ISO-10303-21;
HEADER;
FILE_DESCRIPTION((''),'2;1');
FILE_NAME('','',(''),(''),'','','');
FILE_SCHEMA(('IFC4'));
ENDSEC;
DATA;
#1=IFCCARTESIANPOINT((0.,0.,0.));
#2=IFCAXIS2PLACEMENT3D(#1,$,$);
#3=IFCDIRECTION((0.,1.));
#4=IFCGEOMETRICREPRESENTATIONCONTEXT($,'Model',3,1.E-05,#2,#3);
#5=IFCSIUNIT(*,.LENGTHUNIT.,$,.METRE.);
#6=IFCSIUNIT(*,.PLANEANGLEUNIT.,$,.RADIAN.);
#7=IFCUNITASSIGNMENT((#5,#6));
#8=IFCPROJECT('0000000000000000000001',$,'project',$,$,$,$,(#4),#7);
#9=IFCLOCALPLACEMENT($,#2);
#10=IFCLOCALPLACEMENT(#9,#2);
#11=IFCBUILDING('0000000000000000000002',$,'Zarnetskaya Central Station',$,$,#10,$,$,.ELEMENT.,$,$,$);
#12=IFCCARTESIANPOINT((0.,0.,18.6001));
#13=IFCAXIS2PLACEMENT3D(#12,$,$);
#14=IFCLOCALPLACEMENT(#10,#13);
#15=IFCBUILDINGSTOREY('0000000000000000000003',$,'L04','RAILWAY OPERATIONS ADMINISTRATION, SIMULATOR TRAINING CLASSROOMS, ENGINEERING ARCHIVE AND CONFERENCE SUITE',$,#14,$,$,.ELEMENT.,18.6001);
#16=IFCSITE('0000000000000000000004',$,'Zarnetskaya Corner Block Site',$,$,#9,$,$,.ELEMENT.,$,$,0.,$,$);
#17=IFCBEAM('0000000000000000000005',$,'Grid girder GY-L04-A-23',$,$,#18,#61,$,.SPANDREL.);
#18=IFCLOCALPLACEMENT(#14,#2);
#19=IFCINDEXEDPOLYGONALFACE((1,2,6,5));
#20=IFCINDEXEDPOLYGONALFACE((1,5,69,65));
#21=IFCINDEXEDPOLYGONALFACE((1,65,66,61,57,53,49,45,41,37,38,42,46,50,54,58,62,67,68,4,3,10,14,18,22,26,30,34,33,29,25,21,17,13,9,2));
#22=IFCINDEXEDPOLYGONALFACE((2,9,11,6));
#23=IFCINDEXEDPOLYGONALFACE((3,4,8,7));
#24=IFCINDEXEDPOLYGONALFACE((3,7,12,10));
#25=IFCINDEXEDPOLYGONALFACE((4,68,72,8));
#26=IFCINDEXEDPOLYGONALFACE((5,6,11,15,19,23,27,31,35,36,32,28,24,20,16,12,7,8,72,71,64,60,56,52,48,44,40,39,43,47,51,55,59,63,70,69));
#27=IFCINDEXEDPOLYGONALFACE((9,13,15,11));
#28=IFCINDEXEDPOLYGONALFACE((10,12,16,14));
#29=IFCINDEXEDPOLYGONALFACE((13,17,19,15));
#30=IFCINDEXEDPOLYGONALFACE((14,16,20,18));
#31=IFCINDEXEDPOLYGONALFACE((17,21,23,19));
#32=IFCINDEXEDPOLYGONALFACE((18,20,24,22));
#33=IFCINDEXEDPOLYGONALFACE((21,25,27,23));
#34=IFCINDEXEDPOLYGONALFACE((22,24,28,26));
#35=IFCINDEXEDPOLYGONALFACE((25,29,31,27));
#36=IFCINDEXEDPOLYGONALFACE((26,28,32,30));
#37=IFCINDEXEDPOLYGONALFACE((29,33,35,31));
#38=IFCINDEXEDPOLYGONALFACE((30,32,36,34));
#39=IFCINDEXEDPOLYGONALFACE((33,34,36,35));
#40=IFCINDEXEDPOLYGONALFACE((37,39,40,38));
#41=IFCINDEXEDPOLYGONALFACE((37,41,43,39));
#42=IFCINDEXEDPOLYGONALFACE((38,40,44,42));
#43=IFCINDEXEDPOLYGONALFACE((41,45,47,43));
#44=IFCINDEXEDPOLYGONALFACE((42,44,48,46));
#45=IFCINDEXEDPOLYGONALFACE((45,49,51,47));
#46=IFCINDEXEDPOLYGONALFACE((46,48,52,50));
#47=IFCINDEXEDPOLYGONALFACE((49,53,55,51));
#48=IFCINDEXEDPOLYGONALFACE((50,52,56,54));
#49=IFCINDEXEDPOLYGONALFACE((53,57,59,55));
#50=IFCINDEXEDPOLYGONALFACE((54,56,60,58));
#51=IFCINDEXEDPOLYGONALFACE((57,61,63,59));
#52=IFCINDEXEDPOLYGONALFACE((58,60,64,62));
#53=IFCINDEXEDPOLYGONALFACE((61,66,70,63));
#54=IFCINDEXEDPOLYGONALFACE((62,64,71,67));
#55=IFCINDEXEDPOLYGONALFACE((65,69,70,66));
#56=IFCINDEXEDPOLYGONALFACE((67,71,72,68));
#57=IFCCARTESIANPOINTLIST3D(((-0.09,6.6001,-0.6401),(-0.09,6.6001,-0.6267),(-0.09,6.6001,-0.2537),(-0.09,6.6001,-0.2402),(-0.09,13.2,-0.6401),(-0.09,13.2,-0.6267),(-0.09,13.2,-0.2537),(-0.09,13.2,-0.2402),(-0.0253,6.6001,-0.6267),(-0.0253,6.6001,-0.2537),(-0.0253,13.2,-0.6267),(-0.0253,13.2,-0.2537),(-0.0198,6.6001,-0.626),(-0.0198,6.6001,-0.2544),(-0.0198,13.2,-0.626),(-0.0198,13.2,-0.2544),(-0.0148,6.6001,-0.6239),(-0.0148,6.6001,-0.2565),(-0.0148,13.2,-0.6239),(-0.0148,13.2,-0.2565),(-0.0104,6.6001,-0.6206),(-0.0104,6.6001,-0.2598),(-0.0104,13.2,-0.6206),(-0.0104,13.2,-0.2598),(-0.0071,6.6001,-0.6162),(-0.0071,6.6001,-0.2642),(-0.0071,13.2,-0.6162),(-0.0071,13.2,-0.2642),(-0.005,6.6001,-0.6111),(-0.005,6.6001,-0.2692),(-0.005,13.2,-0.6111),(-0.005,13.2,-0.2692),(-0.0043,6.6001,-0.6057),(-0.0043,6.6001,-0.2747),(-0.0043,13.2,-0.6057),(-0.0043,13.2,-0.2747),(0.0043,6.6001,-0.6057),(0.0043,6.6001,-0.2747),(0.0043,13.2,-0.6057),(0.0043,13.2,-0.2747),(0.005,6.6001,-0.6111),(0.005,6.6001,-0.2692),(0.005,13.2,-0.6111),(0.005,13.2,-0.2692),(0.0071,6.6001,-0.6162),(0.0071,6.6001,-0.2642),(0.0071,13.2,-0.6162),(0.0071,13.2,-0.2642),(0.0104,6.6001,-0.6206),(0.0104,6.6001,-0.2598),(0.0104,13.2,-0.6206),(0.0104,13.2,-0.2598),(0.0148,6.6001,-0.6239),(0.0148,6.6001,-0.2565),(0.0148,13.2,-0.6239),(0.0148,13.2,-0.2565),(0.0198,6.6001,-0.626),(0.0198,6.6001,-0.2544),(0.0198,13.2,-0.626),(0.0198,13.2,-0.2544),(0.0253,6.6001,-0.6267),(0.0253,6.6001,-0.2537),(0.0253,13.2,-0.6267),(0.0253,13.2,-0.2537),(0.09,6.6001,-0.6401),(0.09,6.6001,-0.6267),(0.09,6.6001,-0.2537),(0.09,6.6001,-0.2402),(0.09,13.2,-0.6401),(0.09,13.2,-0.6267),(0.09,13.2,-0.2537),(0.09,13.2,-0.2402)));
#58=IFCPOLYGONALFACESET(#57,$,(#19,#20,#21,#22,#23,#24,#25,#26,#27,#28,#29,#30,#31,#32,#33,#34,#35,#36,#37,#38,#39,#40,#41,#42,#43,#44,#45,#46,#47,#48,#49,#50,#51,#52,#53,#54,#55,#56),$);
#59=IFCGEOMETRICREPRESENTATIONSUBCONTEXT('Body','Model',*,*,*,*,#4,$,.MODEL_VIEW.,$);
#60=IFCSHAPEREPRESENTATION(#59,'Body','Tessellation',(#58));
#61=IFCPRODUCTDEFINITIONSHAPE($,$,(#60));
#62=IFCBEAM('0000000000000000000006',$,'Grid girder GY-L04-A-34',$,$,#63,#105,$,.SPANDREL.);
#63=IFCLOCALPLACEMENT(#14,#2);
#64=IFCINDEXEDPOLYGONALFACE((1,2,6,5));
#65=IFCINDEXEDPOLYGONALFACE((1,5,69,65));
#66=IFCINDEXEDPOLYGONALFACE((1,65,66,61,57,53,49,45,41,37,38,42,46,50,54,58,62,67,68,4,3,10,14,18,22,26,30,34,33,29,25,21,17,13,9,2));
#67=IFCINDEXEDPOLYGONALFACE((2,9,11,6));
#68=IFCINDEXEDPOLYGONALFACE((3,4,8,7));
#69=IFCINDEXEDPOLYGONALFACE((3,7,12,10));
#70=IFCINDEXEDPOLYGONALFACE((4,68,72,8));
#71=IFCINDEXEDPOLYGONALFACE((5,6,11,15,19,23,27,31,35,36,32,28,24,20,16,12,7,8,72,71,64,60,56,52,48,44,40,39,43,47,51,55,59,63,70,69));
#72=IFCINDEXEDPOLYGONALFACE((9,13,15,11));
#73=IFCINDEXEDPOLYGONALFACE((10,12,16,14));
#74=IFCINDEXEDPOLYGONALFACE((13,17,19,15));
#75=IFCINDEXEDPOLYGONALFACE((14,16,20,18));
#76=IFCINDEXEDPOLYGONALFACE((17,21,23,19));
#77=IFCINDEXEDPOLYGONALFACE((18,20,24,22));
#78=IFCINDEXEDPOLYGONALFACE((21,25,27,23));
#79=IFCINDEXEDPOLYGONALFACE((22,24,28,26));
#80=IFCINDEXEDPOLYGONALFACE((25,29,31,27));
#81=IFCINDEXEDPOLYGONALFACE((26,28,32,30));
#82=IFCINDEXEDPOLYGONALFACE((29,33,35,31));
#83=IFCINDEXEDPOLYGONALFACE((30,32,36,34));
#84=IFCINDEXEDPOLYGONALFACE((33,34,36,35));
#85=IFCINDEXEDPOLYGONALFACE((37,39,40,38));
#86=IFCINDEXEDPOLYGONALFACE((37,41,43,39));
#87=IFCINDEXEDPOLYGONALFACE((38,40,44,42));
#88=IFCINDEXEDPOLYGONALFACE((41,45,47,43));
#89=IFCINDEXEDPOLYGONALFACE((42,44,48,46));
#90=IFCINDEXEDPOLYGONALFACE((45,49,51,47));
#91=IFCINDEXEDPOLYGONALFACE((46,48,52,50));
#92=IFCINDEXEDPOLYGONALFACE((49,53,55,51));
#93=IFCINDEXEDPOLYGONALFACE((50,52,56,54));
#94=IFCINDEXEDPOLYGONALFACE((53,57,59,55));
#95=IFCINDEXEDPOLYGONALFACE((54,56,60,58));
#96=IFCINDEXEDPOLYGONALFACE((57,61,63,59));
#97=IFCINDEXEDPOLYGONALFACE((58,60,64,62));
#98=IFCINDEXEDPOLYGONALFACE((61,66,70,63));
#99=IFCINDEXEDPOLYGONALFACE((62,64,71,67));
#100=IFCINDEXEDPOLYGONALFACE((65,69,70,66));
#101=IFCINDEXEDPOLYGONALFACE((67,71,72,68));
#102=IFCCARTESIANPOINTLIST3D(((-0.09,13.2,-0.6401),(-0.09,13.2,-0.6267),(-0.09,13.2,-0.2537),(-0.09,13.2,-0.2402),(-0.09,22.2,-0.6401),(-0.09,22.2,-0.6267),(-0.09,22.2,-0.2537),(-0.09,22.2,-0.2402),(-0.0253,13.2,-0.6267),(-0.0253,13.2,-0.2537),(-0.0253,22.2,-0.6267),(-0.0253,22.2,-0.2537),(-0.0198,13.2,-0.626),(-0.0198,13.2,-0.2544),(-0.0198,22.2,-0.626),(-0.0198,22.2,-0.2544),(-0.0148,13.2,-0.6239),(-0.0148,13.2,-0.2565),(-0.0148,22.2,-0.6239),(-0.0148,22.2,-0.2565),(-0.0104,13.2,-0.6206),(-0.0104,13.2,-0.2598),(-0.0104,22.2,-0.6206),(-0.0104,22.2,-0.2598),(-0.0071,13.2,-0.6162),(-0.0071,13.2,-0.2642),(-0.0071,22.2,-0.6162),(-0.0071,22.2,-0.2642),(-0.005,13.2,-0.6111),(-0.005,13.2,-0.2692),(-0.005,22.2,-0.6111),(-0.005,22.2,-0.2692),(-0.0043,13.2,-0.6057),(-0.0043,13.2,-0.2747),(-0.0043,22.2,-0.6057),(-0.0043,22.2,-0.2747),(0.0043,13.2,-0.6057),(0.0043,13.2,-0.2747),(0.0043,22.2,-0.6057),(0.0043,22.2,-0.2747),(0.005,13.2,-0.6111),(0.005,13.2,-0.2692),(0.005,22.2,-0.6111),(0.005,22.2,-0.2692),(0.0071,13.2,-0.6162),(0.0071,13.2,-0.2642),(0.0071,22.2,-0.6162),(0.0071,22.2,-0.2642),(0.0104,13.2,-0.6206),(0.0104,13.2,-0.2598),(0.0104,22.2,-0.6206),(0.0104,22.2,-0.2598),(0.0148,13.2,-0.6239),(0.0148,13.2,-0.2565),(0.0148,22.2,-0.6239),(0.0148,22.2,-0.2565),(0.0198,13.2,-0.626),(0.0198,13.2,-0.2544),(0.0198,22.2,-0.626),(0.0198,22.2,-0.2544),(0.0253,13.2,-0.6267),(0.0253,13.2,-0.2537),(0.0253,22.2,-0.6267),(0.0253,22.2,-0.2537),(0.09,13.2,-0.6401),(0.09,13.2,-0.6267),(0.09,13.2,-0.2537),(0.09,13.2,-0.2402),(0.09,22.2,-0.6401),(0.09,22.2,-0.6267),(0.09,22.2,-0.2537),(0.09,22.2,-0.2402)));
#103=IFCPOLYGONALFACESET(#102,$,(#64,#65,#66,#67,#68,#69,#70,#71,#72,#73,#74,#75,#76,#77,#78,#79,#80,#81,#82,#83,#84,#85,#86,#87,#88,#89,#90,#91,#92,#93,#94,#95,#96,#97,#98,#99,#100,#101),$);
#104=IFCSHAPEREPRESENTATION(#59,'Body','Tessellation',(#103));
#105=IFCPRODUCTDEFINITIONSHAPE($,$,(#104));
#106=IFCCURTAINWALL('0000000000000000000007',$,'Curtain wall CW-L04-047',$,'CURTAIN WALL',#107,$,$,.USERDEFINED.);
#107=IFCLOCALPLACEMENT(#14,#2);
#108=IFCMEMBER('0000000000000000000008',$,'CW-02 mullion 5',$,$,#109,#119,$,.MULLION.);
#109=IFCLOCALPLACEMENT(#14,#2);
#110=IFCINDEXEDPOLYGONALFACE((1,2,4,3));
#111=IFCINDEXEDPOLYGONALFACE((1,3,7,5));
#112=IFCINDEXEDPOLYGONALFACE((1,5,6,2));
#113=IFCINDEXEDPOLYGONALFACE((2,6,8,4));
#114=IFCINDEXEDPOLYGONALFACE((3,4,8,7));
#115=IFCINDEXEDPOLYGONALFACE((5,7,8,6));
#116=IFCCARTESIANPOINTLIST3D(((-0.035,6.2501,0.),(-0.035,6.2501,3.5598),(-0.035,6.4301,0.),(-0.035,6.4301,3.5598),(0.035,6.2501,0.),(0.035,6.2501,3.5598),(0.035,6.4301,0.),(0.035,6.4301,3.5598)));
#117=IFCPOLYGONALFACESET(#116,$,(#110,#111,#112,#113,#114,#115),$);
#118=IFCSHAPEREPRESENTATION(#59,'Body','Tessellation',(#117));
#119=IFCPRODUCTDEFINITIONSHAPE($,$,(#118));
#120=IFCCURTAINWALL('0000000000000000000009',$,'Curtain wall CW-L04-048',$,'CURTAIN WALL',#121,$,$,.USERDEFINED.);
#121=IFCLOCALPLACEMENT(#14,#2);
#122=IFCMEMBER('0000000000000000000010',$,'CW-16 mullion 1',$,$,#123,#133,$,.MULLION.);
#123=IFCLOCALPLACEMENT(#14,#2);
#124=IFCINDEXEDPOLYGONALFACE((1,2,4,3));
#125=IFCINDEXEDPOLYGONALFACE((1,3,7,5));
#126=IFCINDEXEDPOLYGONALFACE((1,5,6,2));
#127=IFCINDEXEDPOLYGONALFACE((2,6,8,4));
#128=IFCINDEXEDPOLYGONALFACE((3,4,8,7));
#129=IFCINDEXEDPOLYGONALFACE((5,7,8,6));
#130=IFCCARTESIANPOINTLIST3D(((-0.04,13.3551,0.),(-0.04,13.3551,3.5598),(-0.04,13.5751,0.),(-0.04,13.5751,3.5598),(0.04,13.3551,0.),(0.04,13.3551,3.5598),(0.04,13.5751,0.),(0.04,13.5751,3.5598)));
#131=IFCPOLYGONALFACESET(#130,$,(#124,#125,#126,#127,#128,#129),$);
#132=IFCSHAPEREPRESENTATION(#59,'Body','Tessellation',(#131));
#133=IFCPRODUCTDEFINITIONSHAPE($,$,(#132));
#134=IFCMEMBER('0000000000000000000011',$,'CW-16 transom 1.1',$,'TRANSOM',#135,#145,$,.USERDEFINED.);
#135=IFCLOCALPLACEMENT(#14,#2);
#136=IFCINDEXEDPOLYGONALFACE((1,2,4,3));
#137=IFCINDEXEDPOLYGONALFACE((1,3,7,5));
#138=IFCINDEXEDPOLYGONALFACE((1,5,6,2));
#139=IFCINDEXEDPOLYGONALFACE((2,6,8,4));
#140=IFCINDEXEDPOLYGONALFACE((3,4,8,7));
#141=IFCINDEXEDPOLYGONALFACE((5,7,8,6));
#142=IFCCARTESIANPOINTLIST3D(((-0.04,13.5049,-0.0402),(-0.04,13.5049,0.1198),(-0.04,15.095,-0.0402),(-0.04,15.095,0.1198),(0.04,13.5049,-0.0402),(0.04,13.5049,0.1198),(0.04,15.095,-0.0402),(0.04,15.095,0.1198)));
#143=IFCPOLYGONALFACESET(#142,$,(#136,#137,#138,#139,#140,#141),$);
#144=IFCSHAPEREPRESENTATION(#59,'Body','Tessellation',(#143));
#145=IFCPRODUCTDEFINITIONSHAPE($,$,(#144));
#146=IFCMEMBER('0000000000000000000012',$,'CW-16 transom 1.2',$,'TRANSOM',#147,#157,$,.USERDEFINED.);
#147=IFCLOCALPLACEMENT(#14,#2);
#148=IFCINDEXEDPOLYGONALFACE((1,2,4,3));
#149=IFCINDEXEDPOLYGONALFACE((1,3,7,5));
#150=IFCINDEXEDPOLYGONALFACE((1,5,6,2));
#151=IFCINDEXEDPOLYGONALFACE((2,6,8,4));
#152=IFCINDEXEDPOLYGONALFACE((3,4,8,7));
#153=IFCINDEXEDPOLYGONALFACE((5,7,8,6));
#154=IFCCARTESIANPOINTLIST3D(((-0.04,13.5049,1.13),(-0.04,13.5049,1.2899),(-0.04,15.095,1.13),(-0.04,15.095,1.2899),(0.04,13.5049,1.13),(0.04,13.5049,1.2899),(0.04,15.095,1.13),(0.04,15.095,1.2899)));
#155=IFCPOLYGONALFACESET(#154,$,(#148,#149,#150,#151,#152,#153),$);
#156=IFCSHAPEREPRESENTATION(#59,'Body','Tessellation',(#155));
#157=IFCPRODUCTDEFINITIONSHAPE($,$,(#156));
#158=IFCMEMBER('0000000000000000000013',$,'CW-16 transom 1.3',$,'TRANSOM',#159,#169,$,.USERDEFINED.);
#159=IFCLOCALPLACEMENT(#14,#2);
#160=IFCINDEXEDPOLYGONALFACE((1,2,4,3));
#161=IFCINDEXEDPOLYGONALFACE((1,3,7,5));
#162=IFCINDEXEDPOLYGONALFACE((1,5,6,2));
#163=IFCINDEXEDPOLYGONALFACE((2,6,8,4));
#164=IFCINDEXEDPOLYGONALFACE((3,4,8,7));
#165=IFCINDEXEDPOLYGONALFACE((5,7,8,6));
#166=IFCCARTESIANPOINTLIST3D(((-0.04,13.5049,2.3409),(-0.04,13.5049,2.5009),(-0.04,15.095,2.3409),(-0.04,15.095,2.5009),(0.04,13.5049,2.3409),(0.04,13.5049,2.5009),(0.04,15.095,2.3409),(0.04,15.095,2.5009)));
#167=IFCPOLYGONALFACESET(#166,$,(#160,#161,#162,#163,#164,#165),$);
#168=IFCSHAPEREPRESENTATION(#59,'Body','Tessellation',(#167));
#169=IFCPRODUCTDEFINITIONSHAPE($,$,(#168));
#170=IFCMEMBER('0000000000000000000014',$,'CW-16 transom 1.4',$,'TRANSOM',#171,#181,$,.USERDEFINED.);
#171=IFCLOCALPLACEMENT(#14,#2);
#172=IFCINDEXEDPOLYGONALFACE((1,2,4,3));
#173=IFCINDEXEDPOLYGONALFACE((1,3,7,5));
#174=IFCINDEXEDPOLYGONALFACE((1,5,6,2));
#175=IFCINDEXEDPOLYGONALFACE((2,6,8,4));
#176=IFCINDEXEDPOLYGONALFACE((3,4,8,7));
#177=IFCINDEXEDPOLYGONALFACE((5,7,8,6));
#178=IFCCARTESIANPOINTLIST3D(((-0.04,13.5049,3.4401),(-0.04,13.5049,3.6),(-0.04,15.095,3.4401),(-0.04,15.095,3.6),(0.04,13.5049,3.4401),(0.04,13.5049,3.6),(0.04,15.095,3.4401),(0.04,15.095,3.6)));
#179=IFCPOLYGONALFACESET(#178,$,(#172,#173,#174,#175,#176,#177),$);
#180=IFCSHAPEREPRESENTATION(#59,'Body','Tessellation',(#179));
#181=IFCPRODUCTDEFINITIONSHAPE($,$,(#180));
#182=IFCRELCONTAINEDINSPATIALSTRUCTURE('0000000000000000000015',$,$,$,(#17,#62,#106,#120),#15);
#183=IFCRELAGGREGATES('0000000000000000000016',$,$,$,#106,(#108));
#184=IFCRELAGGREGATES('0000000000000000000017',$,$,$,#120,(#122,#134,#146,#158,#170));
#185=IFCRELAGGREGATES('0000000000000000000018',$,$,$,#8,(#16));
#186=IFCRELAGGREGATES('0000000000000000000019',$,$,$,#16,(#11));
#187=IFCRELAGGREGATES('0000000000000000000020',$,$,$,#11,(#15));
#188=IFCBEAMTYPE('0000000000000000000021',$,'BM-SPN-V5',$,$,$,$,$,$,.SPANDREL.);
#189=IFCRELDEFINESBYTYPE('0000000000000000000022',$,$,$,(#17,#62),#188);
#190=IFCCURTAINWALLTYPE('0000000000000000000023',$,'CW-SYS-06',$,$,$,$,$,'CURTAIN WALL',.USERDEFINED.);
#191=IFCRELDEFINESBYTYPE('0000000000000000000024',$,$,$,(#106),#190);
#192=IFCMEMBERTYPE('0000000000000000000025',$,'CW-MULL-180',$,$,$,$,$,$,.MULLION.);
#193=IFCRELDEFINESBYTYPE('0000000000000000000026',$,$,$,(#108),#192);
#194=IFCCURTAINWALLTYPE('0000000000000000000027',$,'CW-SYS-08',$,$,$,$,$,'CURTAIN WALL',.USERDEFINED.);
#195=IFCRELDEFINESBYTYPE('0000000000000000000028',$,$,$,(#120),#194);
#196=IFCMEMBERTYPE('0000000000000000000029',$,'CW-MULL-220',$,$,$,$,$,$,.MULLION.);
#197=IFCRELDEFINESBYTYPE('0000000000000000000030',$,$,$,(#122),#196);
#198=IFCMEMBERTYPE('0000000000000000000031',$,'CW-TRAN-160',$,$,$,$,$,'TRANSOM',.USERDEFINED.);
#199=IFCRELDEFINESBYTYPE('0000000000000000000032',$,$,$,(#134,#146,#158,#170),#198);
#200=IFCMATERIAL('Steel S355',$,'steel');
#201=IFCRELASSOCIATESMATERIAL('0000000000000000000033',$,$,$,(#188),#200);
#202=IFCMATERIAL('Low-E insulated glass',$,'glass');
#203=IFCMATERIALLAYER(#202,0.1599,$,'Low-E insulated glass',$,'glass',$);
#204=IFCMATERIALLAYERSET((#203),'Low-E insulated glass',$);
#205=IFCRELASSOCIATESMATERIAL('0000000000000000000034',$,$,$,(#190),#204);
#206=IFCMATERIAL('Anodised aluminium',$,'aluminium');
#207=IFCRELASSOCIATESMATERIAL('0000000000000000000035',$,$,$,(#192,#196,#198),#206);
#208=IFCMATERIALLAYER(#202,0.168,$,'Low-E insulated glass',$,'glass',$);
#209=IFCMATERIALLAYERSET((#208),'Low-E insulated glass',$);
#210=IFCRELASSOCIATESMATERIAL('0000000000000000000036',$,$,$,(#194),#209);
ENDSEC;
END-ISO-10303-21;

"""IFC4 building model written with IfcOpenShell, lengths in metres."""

from ifc_helpers import new_model, si_unit, direction, frame, origin, origin_2d, place, context, subcontext, project, spatial, rectangle, i_section, extrude, material, layer, layer_set, material_profile, profile_set, type_object, element, aggregate, save


model = new_model("IFC4")

# Units and contexts
model_context = context("Model", 3, precision=1e-05, world=origin(), true_north=direction((0.0, 1.0)))
body_context = subcontext(model_context, "Body", "Model", "MODEL_VIEW")
ifc_project = project(units=[si_unit("LENGTHUNIT", "METRE"), si_unit("PLANEANGLEUNIT", "RADIAN")], contexts=[model_context])

# Site, building, storey
site_placement = place(None, origin())
site = spatial("IfcSite", under=ifc_project, at=site_placement, Name="Zarnetskaya Corner Block Site", CompositionType="ELEMENT", RefElevation=0.0)
building_placement = place(site_placement, origin())
building = spatial("IfcBuilding", under=site, at=building_placement, Name="Zarnetskaya Central Station", CompositionType="ELEMENT")
storey_placement = place(building_placement, frame((0.0, 0.0, 18.6001)))
storey = spatial("IfcBuildingStorey", under=building, at=storey_placement, Name="L04", Description="RAILWAY OPERATIONS ADMINISTRATION, SIMULATOR TRAINING CLASSROOMS, ENGINEERING ARCHIVE AND CONFERENCE SUITE", CompositionType="ELEMENT", Elevation=18.6001)

# Shared definitions
ifc_material_1 = material(Name="Steel S355", Category="steel")

# Beams
ifc_material_profile_1 = material_profile(ifc_material_1, i_section(OverallWidth=0.1799, OverallDepth=0.3999, WebThickness=0.0085, FlangeThickness=0.0134, FilletRadius=0.021, at=origin_2d()), Name="IPE 400")
ifc_profile_set_1 = profile_set([ifc_material_profile_1], Name="Steel S355")
beam_type_1 = type_object("IfcBeamType", Name="BM-SPN-V5", PredefinedType="SPANDREL", material=ifc_profile_set_1)
beam_1_placement = place(storey_placement, frame((0.0, 6.6001, -0.4402), z_axis=(0.0, 1.0, 0.0), x_axis=(-1.0, 0.0, 0.0)))
element("IfcBeam", 1, at=beam_1_placement, inside=storey, type_object=beam_type_1, Name="Grid girder GY-L04-A-23", PredefinedType="SPANDREL", context=body_context, shape_type="SweptSolid", body=[
    extrude(i_section(OverallWidth=0.1799, OverallDepth=0.3999, WebThickness=0.0085, FlangeThickness=0.0134, FilletRadius=0.021, at=origin_2d()), origin(), (0.0, 0.0, 1.0), 6.5999),
])
beam_2_placement = place(storey_placement, frame((0.0, 13.2, -0.4402), z_axis=(0.0, 1.0, 0.0), x_axis=(-1.0, 0.0, 0.0)))
element("IfcBeam", 2, at=beam_2_placement, inside=storey, type_object=beam_type_1, Name="Grid girder GY-L04-A-34", PredefinedType="SPANDREL", context=body_context, shape_type="SweptSolid", body=[
    extrude(i_section(OverallWidth=0.1799, OverallDepth=0.3999, WebThickness=0.0085, FlangeThickness=0.0134, FilletRadius=0.021, at=origin_2d()), origin(), (0.0, 0.0, 1.0), 9.0),
])

# Curtain wall, member
ifc_material_2 = material(Name="Low-E insulated glass", Category="glass")
ifc_layer_1 = layer(ifc_material_2, 0.1599, Name="Low-E insulated glass", Category="glass")
ifc_layer_set_1 = layer_set([ifc_layer_1], Name="Low-E insulated glass")
curtain_wall_type_1 = type_object("IfcCurtainWallType", Name="CW-SYS-06", ElementType="CURTAIN WALL", PredefinedType="USERDEFINED", material=ifc_layer_set_1)
curtain_wall_1_placement = place(storey_placement, origin())
curtain_wall_1 = element("IfcCurtainWall", 3, at=curtain_wall_1_placement, inside=storey, type_object=curtain_wall_type_1, Name="Curtain wall CW-L04-047", ObjectType="CURTAIN WALL", PredefinedType="USERDEFINED")
ifc_material_3 = material(Name="Anodised aluminium", Category="aluminium")
ifc_material_profile_2 = material_profile(ifc_material_3, rectangle(XDim=0.0701, YDim=0.1799, at=origin_2d()), Name="ALU MULL 70x180")
ifc_profile_set_2 = profile_set([ifc_material_profile_2], Name="Anodised aluminium")
member_type_1 = type_object("IfcMemberType", Name="CW-MULL-180", PredefinedType="MULLION", material=ifc_profile_set_2)
member_1_placement = place(storey_placement, frame((0.0, 6.3401, 0.0), z_axis=(0.0, 0.0, 1.0), x_axis=(-1.0, 0.0, 0.0)))
member_1 = element("IfcMember", 4, at=member_1_placement, type_object=member_type_1, Name="CW-02 mullion 5", PredefinedType="MULLION", context=body_context, shape_type="SweptSolid", body=[
    extrude(rectangle(XDim=0.0701, YDim=0.1799, at=origin_2d()), origin(), (0.0, 0.0, 1.0), 3.5598),
])
aggregate(curtain_wall_1, [member_1])

# Curtain wall, members
ifc_layer_2 = layer(ifc_material_2, 0.168, Name="Low-E insulated glass", Category="glass")
ifc_layer_set_2 = layer_set([ifc_layer_2], Name="Low-E insulated glass")
curtain_wall_type_2 = type_object("IfcCurtainWallType", Name="CW-SYS-08", ElementType="CURTAIN WALL", PredefinedType="USERDEFINED", material=ifc_layer_set_2)
curtain_wall_2_placement = place(storey_placement, origin())
curtain_wall_2 = element("IfcCurtainWall", 5, at=curtain_wall_2_placement, inside=storey, type_object=curtain_wall_type_2, Name="Curtain wall CW-L04-048", ObjectType="CURTAIN WALL", PredefinedType="USERDEFINED")
ifc_material_profile_3 = material_profile(ifc_material_3, rectangle(XDim=0.0801, YDim=0.22, at=origin_2d()), Name="ALU MULL 80x220")
ifc_profile_set_3 = profile_set([ifc_material_profile_3], Name="Anodised aluminium")
member_type_2 = type_object("IfcMemberType", Name="CW-MULL-220", PredefinedType="MULLION", material=ifc_profile_set_3)
member_2_placement = place(storey_placement, frame((0.0, 13.4651, 0.0), z_axis=(0.0, 0.0, 1.0), x_axis=(-1.0, 0.0, 0.0)))
member_2 = element("IfcMember", 6, at=member_2_placement, type_object=member_type_2, Name="CW-16 mullion 1", PredefinedType="MULLION", context=body_context, shape_type="SweptSolid", body=[
    extrude(rectangle(XDim=0.0801, YDim=0.22, at=origin_2d()), origin(), (0.0, 0.0, 1.0), 3.5598),
])
ifc_material_profile_4 = material_profile(ifc_material_3, rectangle(XDim=0.0801, YDim=0.1599, at=origin_2d()), Name="ALU TRAN 80x160")
ifc_profile_set_4 = profile_set([ifc_material_profile_4], Name="Anodised aluminium")
member_type_3 = type_object("IfcMemberType", Name="CW-TRAN-160", ElementType="TRANSOM", PredefinedType="USERDEFINED", material=ifc_profile_set_4)
member_3_placement = place(storey_placement, frame((0.0, 13.5049, 0.0398), z_axis=(0.0, 1.0, 0.0), x_axis=(-1.0, 0.0, 0.0)))
member_3 = element("IfcMember", 7, at=member_3_placement, type_object=member_type_3, Name="CW-16 transom 1.1", ObjectType="TRANSOM", PredefinedType="USERDEFINED", context=body_context, shape_type="SweptSolid", body=[
    extrude(rectangle(XDim=0.0801, YDim=0.1599, at=origin_2d()), origin(), (0.0, 0.0, 1.0), 1.5901),
])
member_4_placement = place(storey_placement, frame((0.0, 13.5049, 1.21), z_axis=(0.0, 1.0, 0.0), x_axis=(-1.0, 0.0, 0.0)))
member_4 = element("IfcMember", 8, at=member_4_placement, type_object=member_type_3, Name="CW-16 transom 1.2", ObjectType="TRANSOM", PredefinedType="USERDEFINED", context=body_context, shape_type="SweptSolid", body=[
    extrude(rectangle(XDim=0.0801, YDim=0.1599, at=origin_2d()), origin(), (0.0, 0.0, 1.0), 1.5901),
])
member_5_placement = place(storey_placement, frame((0.0, 13.5049, 2.4209), z_axis=(0.0, 1.0, 0.0), x_axis=(-1.0, 0.0, 0.0)))
member_5 = element("IfcMember", 9, at=member_5_placement, type_object=member_type_3, Name="CW-16 transom 1.3", ObjectType="TRANSOM", PredefinedType="USERDEFINED", context=body_context, shape_type="SweptSolid", body=[
    extrude(rectangle(XDim=0.0801, YDim=0.1599, at=origin_2d()), origin(), (0.0, 0.0, 1.0), 1.5901),
])
member_6_placement = place(storey_placement, frame((0.0, 13.5049, 3.52), z_axis=(0.0, 1.0, 0.0), x_axis=(-1.0, 0.0, 0.0)))
member_6 = element("IfcMember", 10, at=member_6_placement, type_object=member_type_3, Name="CW-16 transom 1.4", ObjectType="TRANSOM", PredefinedType="USERDEFINED", context=body_context, shape_type="SweptSolid", body=[
    extrude(rectangle(XDim=0.0801, YDim=0.1599, at=origin_2d()), origin(), (0.0, 0.0, 1.0), 1.5901),
])

aggregate(curtain_wall_2, [member_2, member_3, member_4, member_5, member_6])

save(model, "model.ifc")
